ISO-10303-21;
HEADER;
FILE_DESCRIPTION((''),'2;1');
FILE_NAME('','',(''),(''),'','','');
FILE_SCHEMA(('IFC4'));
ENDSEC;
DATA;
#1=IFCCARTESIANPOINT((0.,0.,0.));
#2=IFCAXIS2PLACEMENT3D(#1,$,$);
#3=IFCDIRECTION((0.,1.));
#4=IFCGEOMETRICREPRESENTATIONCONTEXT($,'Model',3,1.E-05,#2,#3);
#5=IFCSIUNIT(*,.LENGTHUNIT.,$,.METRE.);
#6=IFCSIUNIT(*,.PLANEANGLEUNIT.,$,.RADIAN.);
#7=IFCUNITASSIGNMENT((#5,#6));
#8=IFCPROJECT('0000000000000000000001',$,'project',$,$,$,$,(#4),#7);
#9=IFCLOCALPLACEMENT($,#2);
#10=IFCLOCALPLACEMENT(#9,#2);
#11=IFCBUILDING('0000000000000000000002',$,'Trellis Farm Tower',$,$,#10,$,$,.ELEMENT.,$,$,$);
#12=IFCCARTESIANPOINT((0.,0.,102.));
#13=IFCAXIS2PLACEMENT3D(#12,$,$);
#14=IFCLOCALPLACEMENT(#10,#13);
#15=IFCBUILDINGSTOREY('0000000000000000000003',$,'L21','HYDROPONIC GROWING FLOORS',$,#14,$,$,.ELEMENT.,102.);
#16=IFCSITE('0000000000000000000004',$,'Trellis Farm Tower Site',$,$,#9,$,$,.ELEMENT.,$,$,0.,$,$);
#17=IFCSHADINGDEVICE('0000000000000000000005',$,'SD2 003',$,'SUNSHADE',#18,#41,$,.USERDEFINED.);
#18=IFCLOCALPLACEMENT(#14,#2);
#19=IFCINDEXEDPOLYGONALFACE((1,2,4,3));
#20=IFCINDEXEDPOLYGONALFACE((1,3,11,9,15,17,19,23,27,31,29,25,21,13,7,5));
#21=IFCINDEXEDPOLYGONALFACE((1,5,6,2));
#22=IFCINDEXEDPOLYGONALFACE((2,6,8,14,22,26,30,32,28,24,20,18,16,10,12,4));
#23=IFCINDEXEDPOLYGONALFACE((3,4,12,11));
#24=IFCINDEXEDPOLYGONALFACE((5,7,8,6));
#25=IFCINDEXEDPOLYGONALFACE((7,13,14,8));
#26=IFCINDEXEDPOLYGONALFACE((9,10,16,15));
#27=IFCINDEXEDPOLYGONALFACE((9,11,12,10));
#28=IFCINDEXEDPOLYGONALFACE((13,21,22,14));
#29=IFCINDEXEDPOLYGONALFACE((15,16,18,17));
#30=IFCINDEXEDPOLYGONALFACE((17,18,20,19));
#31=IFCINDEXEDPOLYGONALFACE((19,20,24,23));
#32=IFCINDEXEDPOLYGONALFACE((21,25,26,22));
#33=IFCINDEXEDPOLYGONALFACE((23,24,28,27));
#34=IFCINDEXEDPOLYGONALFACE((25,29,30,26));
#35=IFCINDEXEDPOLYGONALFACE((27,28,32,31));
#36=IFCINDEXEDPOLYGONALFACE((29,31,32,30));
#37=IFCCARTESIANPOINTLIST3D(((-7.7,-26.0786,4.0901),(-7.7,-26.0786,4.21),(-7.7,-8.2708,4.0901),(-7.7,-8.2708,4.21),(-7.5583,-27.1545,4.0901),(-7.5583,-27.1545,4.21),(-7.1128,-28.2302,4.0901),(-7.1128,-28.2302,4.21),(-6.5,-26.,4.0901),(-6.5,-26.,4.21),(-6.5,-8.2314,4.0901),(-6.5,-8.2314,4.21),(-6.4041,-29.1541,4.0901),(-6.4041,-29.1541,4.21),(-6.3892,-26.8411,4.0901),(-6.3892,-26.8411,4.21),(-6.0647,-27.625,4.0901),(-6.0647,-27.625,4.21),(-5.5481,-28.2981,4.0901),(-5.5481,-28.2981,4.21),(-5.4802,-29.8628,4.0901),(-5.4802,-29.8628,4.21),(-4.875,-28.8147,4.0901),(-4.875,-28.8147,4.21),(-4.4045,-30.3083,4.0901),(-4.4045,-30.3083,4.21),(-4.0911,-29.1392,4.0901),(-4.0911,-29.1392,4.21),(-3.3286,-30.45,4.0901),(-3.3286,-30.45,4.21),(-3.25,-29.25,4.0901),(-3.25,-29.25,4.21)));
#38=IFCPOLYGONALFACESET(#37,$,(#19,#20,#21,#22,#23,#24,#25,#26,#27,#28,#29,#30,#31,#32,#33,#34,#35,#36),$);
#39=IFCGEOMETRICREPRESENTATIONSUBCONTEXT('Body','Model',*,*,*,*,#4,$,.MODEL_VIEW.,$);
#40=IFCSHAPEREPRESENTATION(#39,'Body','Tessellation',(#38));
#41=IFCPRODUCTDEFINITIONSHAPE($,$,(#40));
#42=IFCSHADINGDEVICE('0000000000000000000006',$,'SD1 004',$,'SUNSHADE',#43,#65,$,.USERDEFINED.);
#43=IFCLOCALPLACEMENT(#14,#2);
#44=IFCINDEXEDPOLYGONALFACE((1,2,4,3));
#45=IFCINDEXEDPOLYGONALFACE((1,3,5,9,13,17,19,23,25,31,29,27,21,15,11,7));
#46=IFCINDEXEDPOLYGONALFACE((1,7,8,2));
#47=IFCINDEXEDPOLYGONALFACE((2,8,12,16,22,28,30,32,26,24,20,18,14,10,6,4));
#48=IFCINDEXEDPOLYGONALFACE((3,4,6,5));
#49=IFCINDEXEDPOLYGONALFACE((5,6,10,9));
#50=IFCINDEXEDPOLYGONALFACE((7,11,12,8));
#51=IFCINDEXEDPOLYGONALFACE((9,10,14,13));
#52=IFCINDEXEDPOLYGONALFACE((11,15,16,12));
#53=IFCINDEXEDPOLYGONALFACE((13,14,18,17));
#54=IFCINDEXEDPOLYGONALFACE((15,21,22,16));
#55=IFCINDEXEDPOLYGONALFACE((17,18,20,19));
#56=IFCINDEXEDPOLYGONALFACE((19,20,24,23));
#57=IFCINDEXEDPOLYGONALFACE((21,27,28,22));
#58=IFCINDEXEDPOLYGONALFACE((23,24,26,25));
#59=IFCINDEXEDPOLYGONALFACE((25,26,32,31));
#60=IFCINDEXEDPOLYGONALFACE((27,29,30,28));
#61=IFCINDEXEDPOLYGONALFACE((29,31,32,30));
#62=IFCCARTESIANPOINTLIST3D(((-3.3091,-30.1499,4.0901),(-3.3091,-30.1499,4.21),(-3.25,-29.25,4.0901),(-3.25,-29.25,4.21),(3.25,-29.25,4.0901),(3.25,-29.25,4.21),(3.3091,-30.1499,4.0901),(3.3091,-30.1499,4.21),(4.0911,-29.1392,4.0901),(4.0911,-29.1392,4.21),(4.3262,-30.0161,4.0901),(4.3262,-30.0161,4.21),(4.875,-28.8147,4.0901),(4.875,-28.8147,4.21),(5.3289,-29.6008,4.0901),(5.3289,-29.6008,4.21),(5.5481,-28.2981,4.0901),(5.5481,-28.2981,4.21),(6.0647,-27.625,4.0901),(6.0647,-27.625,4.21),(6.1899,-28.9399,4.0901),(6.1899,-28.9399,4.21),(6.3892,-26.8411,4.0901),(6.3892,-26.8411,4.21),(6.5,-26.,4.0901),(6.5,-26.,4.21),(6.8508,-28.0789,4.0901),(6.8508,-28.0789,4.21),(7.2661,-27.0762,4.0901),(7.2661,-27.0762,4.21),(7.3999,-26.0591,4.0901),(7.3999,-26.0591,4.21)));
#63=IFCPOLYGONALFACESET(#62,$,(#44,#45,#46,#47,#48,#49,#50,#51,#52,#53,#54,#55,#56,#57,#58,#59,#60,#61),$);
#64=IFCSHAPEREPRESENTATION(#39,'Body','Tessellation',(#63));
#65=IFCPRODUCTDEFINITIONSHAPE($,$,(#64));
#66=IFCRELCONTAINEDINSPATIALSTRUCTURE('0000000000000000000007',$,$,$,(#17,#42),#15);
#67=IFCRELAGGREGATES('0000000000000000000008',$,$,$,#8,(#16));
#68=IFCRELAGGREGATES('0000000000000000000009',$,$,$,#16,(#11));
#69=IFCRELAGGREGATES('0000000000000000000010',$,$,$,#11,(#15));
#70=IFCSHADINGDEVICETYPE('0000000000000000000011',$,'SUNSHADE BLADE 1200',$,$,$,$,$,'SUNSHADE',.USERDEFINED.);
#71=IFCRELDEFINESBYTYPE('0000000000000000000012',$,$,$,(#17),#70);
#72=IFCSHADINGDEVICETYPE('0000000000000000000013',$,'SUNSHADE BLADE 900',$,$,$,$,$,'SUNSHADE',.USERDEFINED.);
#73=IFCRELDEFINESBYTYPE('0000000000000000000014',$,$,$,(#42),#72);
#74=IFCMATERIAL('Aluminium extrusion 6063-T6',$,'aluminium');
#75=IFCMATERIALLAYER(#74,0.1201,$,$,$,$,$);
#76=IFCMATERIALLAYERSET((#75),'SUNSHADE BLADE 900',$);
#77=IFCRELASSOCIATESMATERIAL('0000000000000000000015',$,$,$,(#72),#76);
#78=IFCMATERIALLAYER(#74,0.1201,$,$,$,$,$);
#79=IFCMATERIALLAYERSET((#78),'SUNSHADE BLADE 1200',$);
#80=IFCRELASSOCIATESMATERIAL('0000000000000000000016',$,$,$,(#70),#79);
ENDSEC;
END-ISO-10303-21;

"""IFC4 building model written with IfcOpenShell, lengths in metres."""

from ifc_helpers import new_model, si_unit, direction, frame, origin, place, context, subcontext, project, spatial, polyline, outline, extrude, source, transform, mapped, material, layer, layer_set, type_object, element, save


model = new_model("IFC4")

# Units and contexts
model_context = context("Model", 3, precision=1e-05, world=origin(), true_north=direction((0.0, 1.0)))
body_context = subcontext(model_context, "Body", "Model", "MODEL_VIEW")
ifc_project = project(units=[si_unit("LENGTHUNIT", "METRE"), si_unit("PLANEANGLEUNIT", "RADIAN")], contexts=[model_context])

# Site, building, storey
site_placement = place(None, origin())
site = spatial("IfcSite", under=ifc_project, at=site_placement, Name="Trellis Farm Tower Site", CompositionType="ELEMENT", RefElevation=0.0)
building_placement = place(site_placement, origin())
building = spatial("IfcBuilding", under=site, at=building_placement, Name="Trellis Farm Tower", CompositionType="ELEMENT")
storey_placement = place(building_placement, frame((0.0, 0.0, 102.0)))
storey = spatial("IfcBuildingStorey", under=building, at=storey_placement, Name="L21", Description="HYDROPONIC GROWING FLOORS", CompositionType="ELEMENT", Elevation=102.0)

# Shared definitions
ifc_material_1 = material(Name="Aluminium extrusion 6063-T6", Category="aluminium")

# Shading devices
ifc_layer_1 = layer(ifc_material_1, 0.1201)
ifc_layer_set_1 = layer_set([ifc_layer_1], Name="SUNSHADE BLADE 900")
shading_device_type_1 = type_object("IfcShadingDeviceType", Name="SUNSHADE BLADE 900", ElementType="SUNSHADE", PredefinedType="USERDEFINED", material=ifc_layer_set_1)
placement_1 = place(storey_placement, frame((0.0, 0.0, 4.0901)))
ifc_layer_2 = layer(ifc_material_1, 0.1201)
ifc_layer_set_2 = layer_set([ifc_layer_2], Name="SUNSHADE BLADE 1200")
shading_device_type_2 = type_object("IfcShadingDeviceType", Name="SUNSHADE BLADE 1200", ElementType="SUNSHADE", PredefinedType="USERDEFINED", material=ifc_layer_set_2)
shared_shape_1 = source(origin(), body_context, "Body", "SweptSolid", [
    extrude(outline(polyline([(-7.7, -8.2708), (-7.7, -26.0786), (-7.5583, -27.1545), (-7.1128, -28.2302), (-6.4041, -29.1541), (-5.4802, -29.8628), (-4.4045, -30.3083), (-3.3286, -30.45), (-3.25, -29.25), (-4.0911, -29.1392), (-4.875, -28.8147), (-5.5481, -28.2981), (-6.0647, -27.625), (-6.3892, -26.8411), (-6.5, -26.0), (-6.5, -8.2314), (-7.7, -8.2708)])), origin(), (0.0, 0.0, 1.0), 0.1199),
])
element("IfcShadingDevice", 1, at=placement_1, inside=storey, type_object=shading_device_type_2, Name="SD2 003", ObjectType="SUNSHADE", PredefinedType="USERDEFINED", context=body_context, shape_type="MappedRepresentation", body=[
    mapped(shared_shape_1, transform((0.0, 0.0, 0.0))),
])
shared_shape_2 = source(origin(), body_context, "Body", "SweptSolid", [
    extrude(outline(polyline([(-3.3091, -30.1499), (3.3091, -30.1499), (4.3262, -30.0161), (5.3289, -29.6008), (6.1899, -28.9399), (6.8508, -28.0789), (7.2661, -27.0762), (7.3999, -26.0591), (6.5, -26.0), (6.3892, -26.8411), (6.0647, -27.625), (5.5481, -28.2981), (4.875, -28.8147), (4.0911, -29.1392), (3.25, -29.25), (-3.25, -29.25), (-3.3091, -30.1499)])), origin(), (0.0, 0.0, 1.0), 0.1199),
])
element("IfcShadingDevice", 2, at=placement_1, inside=storey, type_object=shading_device_type_1, Name="SD1 004", ObjectType="SUNSHADE", PredefinedType="USERDEFINED", context=body_context, shape_type="MappedRepresentation", body=[
    mapped(shared_shape_2, transform((0.0, 0.0, 0.0))),
])

save(model, "model.ifc")
